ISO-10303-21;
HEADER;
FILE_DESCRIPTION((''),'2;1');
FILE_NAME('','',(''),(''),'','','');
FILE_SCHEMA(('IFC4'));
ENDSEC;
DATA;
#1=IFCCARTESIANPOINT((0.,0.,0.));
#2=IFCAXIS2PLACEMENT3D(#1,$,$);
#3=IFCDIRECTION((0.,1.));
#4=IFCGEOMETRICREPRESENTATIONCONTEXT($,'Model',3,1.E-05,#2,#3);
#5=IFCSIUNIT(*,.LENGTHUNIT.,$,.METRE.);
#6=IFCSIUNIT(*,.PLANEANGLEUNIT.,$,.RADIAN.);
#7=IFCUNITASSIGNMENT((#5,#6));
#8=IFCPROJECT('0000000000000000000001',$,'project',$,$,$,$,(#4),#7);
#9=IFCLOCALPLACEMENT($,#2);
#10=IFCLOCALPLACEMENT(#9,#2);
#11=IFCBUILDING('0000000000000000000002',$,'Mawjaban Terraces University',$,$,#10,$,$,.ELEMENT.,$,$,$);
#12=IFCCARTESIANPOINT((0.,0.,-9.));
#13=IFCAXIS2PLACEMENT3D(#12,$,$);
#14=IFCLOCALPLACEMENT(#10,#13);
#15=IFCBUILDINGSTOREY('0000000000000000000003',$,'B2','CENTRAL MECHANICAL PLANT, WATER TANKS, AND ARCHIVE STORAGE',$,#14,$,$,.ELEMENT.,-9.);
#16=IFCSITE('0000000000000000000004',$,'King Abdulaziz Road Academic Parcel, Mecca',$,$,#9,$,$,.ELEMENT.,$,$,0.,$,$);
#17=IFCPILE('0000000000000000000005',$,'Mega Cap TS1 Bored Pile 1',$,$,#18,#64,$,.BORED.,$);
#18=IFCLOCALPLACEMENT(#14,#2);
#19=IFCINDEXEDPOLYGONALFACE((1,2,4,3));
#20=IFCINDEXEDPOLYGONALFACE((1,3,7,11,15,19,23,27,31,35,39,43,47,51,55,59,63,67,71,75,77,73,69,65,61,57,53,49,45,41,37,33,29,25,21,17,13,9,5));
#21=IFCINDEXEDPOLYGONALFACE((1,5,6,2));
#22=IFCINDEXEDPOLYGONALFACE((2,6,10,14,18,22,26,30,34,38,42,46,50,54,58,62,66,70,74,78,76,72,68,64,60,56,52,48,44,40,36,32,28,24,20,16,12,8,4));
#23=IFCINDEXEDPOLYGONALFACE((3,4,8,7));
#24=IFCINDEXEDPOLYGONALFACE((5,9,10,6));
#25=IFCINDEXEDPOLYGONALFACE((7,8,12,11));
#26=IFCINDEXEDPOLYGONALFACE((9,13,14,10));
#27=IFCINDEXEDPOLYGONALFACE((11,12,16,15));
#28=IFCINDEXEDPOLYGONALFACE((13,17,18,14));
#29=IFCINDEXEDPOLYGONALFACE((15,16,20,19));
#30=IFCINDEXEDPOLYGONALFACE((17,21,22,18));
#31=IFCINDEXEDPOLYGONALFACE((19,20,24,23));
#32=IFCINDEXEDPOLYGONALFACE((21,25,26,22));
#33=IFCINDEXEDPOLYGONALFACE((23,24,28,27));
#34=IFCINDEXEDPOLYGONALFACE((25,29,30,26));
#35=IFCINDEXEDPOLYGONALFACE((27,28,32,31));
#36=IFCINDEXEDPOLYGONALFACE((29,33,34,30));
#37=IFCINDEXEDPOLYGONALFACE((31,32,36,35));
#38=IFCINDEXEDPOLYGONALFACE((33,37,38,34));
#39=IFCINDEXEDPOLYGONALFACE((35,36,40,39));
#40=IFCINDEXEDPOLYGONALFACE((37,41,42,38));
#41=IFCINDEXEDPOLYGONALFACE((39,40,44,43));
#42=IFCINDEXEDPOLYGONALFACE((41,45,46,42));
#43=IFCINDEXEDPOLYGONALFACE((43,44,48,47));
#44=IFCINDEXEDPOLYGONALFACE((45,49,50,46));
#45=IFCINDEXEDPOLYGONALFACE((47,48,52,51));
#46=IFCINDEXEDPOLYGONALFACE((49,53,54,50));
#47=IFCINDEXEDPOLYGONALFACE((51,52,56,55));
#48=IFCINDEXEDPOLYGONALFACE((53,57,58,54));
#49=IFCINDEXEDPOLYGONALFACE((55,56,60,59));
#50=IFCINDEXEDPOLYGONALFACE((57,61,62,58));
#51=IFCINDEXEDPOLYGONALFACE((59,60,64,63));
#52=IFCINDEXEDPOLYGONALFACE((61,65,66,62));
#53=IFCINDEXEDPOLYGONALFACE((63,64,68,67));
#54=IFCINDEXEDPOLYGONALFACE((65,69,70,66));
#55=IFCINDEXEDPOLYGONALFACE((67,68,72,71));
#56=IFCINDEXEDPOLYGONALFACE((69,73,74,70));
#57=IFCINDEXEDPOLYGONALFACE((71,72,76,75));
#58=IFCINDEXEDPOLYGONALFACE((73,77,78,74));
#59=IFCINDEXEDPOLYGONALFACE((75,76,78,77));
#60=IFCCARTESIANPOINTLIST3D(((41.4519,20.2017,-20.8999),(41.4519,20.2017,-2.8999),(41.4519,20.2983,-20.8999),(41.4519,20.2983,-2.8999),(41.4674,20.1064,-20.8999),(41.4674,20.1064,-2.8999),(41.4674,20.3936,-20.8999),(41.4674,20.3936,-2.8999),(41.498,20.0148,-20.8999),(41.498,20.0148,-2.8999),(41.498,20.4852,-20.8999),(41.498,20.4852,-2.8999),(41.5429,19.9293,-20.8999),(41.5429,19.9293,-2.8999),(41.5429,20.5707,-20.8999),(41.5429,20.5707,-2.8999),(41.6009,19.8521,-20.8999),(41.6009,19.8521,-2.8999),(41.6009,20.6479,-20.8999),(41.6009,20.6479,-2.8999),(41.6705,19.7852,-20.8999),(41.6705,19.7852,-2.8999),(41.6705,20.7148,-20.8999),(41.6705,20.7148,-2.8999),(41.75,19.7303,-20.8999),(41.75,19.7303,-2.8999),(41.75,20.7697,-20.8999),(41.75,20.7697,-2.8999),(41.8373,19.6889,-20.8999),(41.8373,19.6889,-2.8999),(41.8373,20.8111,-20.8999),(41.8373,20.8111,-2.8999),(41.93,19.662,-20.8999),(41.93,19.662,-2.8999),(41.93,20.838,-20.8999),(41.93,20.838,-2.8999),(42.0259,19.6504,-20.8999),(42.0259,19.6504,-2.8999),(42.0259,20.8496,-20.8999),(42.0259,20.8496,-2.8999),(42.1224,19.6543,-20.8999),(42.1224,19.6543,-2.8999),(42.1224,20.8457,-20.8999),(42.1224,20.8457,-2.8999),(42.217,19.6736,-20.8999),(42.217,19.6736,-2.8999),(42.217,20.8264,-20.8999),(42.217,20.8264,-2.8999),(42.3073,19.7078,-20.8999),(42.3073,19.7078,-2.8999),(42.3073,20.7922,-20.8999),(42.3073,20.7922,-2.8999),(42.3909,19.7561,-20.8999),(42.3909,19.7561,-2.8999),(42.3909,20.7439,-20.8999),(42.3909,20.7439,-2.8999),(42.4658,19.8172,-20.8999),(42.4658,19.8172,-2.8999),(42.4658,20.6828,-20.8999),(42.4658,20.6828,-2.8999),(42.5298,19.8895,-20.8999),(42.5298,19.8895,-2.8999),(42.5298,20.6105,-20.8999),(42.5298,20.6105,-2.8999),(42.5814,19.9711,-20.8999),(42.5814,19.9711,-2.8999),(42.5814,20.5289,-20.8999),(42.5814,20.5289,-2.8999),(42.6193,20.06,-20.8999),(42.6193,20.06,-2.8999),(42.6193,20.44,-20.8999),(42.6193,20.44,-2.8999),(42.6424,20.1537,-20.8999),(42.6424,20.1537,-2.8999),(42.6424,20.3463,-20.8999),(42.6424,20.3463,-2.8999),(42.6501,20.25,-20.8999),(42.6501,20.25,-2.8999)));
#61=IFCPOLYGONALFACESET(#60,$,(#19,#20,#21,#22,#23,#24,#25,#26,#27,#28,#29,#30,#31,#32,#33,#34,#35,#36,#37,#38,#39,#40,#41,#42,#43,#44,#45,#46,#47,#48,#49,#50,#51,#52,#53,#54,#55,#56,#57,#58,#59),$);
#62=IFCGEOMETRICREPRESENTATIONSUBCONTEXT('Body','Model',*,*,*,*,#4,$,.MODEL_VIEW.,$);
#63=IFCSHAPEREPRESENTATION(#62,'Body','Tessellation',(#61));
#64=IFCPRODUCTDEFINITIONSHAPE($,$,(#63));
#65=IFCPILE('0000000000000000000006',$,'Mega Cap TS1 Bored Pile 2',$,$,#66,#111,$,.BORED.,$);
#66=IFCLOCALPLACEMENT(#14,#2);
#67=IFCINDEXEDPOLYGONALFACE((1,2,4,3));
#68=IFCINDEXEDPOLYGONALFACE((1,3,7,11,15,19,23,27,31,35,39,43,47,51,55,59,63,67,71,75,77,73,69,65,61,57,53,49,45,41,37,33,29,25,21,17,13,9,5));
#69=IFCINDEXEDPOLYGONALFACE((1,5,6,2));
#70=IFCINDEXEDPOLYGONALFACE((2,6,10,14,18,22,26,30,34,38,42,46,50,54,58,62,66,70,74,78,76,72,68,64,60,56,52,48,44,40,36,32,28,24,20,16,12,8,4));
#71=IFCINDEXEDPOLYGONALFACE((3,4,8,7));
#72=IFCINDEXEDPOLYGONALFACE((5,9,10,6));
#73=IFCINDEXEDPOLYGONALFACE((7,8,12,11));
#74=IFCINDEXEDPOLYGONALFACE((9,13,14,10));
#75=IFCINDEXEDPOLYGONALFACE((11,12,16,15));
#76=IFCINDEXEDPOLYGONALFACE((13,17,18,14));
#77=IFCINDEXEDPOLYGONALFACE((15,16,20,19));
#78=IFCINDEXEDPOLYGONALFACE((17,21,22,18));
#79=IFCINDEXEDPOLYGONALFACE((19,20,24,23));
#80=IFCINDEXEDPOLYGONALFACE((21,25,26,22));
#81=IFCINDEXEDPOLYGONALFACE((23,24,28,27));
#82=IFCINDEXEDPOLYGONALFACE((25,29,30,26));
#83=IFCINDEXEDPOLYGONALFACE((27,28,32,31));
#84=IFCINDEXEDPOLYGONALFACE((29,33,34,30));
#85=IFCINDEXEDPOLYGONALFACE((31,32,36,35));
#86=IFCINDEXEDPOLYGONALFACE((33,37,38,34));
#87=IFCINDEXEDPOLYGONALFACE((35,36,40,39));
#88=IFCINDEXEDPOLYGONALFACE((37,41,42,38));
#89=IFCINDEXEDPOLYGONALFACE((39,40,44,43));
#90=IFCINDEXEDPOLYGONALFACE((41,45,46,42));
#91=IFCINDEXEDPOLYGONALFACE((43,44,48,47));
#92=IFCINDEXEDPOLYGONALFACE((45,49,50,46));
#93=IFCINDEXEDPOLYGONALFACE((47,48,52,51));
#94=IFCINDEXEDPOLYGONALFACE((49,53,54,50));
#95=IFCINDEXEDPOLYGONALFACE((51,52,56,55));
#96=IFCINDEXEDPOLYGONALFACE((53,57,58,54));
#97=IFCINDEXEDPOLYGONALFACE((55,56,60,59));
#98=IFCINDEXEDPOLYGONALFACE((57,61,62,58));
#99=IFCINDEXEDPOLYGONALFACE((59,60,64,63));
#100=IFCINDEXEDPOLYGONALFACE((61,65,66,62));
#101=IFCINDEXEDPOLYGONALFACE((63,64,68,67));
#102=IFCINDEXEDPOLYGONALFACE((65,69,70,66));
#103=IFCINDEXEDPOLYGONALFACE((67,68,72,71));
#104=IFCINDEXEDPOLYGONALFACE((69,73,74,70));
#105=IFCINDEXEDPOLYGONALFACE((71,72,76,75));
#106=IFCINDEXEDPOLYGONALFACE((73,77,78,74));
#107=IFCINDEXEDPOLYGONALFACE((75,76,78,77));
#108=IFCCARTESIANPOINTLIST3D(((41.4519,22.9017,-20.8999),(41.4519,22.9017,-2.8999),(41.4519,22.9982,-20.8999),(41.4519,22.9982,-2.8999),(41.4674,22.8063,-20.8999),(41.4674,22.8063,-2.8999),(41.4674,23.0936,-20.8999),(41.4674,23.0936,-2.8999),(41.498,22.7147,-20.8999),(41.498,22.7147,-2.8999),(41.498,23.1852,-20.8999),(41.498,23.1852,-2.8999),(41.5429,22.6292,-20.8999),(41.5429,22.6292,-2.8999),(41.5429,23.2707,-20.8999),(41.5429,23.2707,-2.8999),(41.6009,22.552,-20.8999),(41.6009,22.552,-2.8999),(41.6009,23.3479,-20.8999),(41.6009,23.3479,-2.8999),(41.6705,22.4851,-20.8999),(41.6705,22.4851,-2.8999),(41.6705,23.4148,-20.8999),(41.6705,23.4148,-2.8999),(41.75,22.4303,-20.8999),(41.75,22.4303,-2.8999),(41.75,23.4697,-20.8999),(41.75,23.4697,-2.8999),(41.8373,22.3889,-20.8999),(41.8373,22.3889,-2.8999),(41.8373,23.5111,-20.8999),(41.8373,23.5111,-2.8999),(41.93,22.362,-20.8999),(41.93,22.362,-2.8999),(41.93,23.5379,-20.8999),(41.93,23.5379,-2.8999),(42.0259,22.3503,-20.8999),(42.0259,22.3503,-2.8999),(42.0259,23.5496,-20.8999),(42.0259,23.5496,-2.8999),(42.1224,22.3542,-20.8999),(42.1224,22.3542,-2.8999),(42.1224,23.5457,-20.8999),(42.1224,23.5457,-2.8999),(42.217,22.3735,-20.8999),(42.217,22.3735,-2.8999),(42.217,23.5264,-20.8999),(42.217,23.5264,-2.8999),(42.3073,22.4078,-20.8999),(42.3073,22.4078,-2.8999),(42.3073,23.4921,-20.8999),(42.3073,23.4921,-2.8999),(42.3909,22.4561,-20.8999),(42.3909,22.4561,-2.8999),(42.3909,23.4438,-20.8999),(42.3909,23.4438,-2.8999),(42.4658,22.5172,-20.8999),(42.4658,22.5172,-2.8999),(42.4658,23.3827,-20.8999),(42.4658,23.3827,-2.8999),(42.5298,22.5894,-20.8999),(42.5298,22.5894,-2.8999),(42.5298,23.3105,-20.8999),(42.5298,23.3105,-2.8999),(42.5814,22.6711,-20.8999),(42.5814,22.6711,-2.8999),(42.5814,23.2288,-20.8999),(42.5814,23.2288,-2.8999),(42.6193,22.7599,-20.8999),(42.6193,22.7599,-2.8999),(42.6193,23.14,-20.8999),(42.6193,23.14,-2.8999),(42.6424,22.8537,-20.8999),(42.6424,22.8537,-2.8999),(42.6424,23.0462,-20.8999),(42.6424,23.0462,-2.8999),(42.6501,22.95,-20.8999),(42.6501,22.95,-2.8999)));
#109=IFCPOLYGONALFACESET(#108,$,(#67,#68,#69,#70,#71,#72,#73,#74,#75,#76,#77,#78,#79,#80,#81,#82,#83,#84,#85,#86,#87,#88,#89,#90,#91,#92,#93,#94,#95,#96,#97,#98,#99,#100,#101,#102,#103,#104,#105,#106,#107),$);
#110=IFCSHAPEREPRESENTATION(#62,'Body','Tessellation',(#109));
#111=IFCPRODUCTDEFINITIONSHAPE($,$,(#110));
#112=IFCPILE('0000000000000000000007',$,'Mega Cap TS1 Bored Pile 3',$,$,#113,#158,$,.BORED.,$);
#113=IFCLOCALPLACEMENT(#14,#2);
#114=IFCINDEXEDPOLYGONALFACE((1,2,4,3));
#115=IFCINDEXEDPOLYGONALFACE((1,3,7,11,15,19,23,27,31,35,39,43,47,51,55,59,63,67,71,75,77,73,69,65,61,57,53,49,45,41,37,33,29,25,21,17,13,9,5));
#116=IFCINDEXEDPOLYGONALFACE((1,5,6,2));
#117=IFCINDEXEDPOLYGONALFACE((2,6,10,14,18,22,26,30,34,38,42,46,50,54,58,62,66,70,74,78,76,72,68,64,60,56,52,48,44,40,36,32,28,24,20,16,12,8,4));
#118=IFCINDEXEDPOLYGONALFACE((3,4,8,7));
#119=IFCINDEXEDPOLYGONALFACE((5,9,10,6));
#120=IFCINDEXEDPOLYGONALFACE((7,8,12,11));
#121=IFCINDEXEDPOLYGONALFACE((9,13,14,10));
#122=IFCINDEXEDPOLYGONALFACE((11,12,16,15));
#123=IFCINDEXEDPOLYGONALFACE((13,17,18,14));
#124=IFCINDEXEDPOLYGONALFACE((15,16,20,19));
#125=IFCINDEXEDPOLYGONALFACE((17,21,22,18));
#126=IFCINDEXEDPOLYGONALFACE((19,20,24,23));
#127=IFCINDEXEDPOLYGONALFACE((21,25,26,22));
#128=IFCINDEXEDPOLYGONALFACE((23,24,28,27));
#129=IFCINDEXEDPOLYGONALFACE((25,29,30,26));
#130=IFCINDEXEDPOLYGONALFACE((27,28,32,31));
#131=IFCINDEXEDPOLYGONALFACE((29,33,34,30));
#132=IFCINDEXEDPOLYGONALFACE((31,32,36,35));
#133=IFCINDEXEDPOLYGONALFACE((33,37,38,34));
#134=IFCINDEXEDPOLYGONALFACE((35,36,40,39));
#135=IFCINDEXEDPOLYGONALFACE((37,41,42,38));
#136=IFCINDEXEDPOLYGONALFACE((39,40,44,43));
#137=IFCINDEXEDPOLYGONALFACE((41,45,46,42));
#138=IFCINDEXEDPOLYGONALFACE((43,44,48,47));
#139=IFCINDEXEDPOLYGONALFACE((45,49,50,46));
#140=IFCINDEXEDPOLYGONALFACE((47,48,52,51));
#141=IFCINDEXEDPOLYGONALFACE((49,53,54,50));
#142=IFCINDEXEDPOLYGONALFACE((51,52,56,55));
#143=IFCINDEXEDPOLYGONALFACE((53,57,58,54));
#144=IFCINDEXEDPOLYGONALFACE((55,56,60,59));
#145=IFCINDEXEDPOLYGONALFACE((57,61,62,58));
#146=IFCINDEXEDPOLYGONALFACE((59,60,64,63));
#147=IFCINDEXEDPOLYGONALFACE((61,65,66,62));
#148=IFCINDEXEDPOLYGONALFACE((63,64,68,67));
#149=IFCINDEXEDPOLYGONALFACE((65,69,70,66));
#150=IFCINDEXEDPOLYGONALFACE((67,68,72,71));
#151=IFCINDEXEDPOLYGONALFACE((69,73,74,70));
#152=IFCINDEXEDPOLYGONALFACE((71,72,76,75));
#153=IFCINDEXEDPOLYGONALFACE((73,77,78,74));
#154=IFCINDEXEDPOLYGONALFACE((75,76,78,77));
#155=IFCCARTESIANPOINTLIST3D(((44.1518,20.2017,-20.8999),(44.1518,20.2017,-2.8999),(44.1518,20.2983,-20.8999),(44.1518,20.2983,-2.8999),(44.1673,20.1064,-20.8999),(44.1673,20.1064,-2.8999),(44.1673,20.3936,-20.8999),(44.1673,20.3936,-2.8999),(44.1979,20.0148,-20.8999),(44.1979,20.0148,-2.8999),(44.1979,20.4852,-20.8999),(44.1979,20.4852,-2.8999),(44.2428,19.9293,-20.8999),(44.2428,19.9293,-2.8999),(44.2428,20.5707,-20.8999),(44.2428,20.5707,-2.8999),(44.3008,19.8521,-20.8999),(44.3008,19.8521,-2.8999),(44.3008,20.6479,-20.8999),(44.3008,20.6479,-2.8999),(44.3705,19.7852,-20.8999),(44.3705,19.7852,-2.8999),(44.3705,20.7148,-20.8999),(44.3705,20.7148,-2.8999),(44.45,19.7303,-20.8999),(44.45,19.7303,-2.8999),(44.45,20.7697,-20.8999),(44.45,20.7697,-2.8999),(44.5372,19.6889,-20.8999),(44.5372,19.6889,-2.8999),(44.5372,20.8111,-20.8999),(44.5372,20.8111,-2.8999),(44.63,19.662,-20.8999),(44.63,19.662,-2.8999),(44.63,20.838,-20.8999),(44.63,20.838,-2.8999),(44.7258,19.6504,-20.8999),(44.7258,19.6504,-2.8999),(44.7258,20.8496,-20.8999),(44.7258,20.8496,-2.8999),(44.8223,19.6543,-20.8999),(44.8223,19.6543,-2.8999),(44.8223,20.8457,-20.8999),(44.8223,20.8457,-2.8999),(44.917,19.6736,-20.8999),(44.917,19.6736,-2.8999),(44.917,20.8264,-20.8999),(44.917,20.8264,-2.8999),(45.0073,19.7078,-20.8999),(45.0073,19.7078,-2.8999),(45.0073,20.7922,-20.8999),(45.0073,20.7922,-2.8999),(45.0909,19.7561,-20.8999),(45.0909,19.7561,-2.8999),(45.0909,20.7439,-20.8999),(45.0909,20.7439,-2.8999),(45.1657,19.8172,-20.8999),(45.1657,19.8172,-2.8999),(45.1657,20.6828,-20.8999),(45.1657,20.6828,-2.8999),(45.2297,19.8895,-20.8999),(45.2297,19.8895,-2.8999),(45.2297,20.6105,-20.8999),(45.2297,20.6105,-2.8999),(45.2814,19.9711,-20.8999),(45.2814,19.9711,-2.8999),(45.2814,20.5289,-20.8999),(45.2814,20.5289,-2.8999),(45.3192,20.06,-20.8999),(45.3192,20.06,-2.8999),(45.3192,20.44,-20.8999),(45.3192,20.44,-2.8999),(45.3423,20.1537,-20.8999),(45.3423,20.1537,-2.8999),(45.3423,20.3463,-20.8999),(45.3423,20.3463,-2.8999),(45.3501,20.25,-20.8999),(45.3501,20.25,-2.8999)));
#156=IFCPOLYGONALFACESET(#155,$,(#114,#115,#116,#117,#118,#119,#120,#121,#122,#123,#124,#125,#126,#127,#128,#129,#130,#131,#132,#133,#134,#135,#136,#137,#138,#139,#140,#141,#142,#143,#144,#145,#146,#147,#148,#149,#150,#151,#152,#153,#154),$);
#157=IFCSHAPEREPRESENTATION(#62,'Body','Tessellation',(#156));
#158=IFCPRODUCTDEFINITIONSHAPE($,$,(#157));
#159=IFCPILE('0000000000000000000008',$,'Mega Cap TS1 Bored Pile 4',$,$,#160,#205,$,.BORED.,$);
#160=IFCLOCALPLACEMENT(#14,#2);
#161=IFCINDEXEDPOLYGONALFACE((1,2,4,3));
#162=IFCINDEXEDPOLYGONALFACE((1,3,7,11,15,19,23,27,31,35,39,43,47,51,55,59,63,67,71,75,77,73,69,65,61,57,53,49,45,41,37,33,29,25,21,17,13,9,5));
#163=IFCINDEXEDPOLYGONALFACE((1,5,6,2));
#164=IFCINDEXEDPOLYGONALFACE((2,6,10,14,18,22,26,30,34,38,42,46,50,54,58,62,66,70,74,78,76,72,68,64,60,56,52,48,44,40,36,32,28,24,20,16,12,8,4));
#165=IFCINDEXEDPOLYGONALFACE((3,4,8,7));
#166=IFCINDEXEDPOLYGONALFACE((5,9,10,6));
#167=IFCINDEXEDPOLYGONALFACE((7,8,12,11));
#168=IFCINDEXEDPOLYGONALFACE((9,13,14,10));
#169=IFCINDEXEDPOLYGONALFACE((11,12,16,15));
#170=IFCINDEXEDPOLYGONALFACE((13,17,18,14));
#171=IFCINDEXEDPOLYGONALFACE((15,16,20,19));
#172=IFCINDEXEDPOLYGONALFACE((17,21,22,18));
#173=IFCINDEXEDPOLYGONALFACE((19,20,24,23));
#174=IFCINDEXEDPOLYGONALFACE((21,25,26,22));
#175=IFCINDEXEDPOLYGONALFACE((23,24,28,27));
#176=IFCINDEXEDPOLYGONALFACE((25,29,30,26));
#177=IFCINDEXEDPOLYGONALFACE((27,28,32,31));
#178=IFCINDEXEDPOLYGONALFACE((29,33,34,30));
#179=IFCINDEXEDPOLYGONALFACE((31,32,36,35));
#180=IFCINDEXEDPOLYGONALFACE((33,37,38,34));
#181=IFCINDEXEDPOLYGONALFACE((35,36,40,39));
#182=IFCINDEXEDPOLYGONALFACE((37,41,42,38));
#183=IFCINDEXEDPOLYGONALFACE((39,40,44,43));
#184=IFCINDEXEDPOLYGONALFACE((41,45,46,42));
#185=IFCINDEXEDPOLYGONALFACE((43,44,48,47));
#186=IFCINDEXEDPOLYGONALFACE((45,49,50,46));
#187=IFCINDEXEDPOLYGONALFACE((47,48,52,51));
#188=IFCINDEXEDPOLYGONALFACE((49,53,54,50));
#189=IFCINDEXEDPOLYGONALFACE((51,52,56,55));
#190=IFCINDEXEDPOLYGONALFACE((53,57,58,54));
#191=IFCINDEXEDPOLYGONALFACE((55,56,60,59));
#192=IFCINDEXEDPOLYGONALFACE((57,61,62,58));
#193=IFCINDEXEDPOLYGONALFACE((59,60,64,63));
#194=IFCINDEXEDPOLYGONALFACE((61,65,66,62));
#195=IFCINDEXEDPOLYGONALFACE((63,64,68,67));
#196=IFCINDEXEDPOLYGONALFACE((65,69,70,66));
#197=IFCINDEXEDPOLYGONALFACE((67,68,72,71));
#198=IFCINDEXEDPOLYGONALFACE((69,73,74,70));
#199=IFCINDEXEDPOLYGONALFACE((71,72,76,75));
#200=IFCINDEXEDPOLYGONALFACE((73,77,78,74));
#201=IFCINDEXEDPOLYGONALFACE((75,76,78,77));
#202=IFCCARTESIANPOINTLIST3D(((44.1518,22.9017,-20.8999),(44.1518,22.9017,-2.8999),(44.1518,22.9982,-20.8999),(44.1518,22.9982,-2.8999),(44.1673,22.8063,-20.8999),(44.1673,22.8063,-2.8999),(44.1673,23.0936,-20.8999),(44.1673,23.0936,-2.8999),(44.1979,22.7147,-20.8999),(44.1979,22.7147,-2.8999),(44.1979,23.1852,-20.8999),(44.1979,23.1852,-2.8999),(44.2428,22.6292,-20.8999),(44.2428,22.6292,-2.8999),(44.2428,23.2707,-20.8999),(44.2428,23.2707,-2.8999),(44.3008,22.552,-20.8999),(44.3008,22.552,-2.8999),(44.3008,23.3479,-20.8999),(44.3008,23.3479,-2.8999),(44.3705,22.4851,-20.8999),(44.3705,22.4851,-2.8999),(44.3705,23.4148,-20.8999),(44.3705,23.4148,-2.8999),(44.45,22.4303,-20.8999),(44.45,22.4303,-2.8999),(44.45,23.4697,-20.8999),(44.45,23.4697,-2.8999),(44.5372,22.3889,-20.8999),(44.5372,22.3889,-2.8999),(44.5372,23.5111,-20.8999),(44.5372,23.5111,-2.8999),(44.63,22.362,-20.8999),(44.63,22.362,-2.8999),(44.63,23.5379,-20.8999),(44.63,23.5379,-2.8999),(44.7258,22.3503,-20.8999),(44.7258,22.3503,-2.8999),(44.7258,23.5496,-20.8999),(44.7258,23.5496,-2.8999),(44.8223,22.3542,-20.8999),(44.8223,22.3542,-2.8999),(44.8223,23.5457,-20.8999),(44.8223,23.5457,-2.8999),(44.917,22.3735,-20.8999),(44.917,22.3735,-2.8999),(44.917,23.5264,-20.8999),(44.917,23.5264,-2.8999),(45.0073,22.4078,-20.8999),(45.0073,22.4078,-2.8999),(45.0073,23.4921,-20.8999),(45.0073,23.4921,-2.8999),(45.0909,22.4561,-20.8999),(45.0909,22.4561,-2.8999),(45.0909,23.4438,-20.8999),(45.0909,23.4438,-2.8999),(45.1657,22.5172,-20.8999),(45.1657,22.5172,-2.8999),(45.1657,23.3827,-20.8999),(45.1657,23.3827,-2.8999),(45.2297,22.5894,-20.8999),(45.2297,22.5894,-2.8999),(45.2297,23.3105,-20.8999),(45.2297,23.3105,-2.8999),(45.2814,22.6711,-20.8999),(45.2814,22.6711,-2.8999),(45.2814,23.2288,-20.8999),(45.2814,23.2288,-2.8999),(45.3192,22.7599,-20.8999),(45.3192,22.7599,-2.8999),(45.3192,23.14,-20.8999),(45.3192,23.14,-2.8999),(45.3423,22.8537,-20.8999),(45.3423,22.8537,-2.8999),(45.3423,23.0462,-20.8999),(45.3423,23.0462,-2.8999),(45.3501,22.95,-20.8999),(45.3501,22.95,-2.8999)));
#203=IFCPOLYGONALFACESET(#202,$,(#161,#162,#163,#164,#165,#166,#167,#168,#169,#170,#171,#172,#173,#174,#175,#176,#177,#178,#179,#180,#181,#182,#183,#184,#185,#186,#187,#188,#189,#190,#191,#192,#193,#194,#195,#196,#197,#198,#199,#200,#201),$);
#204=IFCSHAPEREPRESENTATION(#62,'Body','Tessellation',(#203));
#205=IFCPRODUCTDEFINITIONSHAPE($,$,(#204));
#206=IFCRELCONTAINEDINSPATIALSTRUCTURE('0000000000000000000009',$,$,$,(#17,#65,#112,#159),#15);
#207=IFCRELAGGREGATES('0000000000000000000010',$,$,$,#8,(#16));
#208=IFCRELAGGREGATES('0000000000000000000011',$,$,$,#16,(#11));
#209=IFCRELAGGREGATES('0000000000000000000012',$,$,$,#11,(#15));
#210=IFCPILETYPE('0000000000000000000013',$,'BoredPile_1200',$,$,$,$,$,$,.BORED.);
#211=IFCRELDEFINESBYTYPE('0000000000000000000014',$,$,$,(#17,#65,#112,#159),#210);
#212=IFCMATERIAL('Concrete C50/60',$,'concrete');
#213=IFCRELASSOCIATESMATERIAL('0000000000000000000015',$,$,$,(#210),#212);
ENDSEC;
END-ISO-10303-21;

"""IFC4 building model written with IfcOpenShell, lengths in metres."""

from ifc_helpers import new_model, si_unit, direction, frame, origin, origin_2d, place, context, subcontext, project, spatial, circle, extrude, material, material_profile, profile_set, type_object, element, save


model = new_model("IFC4")

# Units and contexts
model_context = context("Model", 3, precision=1e-05, world=origin(), true_north=direction((0.0, 1.0)))
body_context = subcontext(model_context, "Body", "Model", "MODEL_VIEW")
ifc_project = project(units=[si_unit("LENGTHUNIT", "METRE"), si_unit("PLANEANGLEUNIT", "RADIAN")], contexts=[model_context])

# Site, building, storey
site_placement = place(None, origin())
site = spatial("IfcSite", under=ifc_project, at=site_placement, Name="King Abdulaziz Road Academic Parcel, Mecca", CompositionType="ELEMENT", RefElevation=0.0)
building_placement = place(site_placement, origin())
building = spatial("IfcBuilding", under=site, at=building_placement, Name="Mawjaban Terraces University", CompositionType="ELEMENT")
storey_placement = place(building_placement, frame((0.0, 0.0, -9.0)))
storey = spatial("IfcBuildingStorey", under=building, at=storey_placement, Name="B2", Description="CENTRAL MECHANICAL PLANT, WATER TANKS, AND ARCHIVE STORAGE", CompositionType="ELEMENT", Elevation=-9.0)

# Piles
ifc_material_1 = material(Name="Concrete C50/60", Category="concrete")
ifc_material_profile_1 = material_profile(ifc_material_1, circle(Radius=0.6001, at=origin_2d()), Name="PILE1200")
ifc_profile_set_1 = profile_set([ifc_material_profile_1], Name="Concrete C50/60")
pile_type = type_object("IfcPileType", Name="BoredPile_1200", PredefinedType="BORED", material=ifc_profile_set_1)
for number, where, z_axis, x_axis, name in (
    (1, (42.05, 20.25, -2.8999), (0.0, 0.0, -1.0), (1.0, 0.0, 0.0), "Mega Cap TS1 Bored Pile 1"),
    (2, (42.05, 22.95, -2.8999), (0.0, 0.0, -1.0), (1.0, 0.0, 0.0), "Mega Cap TS1 Bored Pile 2"),
    (3, (44.75, 20.25, -2.8999), (0.0, 0.0, -1.0), (1.0, 0.0, 0.0), "Mega Cap TS1 Bored Pile 3"),
    (4, (44.75, 22.95, -2.8999), (0.0, 0.0, -1.0), (1.0, 0.0, 0.0), "Mega Cap TS1 Bored Pile 4"),
):
    element("IfcPile", number, at=place(storey_placement, frame(where, z_axis=z_axis, x_axis=x_axis)), inside=storey, type_object=pile_type, Name=name, PredefinedType="BORED", context=body_context, shape_type="SweptSolid", body=[
        extrude(circle(Radius=0.6001, at=origin_2d()), origin(), (0.0, 0.0, 1.0), 18.0),
    ])

save(model, "model.ifc")
